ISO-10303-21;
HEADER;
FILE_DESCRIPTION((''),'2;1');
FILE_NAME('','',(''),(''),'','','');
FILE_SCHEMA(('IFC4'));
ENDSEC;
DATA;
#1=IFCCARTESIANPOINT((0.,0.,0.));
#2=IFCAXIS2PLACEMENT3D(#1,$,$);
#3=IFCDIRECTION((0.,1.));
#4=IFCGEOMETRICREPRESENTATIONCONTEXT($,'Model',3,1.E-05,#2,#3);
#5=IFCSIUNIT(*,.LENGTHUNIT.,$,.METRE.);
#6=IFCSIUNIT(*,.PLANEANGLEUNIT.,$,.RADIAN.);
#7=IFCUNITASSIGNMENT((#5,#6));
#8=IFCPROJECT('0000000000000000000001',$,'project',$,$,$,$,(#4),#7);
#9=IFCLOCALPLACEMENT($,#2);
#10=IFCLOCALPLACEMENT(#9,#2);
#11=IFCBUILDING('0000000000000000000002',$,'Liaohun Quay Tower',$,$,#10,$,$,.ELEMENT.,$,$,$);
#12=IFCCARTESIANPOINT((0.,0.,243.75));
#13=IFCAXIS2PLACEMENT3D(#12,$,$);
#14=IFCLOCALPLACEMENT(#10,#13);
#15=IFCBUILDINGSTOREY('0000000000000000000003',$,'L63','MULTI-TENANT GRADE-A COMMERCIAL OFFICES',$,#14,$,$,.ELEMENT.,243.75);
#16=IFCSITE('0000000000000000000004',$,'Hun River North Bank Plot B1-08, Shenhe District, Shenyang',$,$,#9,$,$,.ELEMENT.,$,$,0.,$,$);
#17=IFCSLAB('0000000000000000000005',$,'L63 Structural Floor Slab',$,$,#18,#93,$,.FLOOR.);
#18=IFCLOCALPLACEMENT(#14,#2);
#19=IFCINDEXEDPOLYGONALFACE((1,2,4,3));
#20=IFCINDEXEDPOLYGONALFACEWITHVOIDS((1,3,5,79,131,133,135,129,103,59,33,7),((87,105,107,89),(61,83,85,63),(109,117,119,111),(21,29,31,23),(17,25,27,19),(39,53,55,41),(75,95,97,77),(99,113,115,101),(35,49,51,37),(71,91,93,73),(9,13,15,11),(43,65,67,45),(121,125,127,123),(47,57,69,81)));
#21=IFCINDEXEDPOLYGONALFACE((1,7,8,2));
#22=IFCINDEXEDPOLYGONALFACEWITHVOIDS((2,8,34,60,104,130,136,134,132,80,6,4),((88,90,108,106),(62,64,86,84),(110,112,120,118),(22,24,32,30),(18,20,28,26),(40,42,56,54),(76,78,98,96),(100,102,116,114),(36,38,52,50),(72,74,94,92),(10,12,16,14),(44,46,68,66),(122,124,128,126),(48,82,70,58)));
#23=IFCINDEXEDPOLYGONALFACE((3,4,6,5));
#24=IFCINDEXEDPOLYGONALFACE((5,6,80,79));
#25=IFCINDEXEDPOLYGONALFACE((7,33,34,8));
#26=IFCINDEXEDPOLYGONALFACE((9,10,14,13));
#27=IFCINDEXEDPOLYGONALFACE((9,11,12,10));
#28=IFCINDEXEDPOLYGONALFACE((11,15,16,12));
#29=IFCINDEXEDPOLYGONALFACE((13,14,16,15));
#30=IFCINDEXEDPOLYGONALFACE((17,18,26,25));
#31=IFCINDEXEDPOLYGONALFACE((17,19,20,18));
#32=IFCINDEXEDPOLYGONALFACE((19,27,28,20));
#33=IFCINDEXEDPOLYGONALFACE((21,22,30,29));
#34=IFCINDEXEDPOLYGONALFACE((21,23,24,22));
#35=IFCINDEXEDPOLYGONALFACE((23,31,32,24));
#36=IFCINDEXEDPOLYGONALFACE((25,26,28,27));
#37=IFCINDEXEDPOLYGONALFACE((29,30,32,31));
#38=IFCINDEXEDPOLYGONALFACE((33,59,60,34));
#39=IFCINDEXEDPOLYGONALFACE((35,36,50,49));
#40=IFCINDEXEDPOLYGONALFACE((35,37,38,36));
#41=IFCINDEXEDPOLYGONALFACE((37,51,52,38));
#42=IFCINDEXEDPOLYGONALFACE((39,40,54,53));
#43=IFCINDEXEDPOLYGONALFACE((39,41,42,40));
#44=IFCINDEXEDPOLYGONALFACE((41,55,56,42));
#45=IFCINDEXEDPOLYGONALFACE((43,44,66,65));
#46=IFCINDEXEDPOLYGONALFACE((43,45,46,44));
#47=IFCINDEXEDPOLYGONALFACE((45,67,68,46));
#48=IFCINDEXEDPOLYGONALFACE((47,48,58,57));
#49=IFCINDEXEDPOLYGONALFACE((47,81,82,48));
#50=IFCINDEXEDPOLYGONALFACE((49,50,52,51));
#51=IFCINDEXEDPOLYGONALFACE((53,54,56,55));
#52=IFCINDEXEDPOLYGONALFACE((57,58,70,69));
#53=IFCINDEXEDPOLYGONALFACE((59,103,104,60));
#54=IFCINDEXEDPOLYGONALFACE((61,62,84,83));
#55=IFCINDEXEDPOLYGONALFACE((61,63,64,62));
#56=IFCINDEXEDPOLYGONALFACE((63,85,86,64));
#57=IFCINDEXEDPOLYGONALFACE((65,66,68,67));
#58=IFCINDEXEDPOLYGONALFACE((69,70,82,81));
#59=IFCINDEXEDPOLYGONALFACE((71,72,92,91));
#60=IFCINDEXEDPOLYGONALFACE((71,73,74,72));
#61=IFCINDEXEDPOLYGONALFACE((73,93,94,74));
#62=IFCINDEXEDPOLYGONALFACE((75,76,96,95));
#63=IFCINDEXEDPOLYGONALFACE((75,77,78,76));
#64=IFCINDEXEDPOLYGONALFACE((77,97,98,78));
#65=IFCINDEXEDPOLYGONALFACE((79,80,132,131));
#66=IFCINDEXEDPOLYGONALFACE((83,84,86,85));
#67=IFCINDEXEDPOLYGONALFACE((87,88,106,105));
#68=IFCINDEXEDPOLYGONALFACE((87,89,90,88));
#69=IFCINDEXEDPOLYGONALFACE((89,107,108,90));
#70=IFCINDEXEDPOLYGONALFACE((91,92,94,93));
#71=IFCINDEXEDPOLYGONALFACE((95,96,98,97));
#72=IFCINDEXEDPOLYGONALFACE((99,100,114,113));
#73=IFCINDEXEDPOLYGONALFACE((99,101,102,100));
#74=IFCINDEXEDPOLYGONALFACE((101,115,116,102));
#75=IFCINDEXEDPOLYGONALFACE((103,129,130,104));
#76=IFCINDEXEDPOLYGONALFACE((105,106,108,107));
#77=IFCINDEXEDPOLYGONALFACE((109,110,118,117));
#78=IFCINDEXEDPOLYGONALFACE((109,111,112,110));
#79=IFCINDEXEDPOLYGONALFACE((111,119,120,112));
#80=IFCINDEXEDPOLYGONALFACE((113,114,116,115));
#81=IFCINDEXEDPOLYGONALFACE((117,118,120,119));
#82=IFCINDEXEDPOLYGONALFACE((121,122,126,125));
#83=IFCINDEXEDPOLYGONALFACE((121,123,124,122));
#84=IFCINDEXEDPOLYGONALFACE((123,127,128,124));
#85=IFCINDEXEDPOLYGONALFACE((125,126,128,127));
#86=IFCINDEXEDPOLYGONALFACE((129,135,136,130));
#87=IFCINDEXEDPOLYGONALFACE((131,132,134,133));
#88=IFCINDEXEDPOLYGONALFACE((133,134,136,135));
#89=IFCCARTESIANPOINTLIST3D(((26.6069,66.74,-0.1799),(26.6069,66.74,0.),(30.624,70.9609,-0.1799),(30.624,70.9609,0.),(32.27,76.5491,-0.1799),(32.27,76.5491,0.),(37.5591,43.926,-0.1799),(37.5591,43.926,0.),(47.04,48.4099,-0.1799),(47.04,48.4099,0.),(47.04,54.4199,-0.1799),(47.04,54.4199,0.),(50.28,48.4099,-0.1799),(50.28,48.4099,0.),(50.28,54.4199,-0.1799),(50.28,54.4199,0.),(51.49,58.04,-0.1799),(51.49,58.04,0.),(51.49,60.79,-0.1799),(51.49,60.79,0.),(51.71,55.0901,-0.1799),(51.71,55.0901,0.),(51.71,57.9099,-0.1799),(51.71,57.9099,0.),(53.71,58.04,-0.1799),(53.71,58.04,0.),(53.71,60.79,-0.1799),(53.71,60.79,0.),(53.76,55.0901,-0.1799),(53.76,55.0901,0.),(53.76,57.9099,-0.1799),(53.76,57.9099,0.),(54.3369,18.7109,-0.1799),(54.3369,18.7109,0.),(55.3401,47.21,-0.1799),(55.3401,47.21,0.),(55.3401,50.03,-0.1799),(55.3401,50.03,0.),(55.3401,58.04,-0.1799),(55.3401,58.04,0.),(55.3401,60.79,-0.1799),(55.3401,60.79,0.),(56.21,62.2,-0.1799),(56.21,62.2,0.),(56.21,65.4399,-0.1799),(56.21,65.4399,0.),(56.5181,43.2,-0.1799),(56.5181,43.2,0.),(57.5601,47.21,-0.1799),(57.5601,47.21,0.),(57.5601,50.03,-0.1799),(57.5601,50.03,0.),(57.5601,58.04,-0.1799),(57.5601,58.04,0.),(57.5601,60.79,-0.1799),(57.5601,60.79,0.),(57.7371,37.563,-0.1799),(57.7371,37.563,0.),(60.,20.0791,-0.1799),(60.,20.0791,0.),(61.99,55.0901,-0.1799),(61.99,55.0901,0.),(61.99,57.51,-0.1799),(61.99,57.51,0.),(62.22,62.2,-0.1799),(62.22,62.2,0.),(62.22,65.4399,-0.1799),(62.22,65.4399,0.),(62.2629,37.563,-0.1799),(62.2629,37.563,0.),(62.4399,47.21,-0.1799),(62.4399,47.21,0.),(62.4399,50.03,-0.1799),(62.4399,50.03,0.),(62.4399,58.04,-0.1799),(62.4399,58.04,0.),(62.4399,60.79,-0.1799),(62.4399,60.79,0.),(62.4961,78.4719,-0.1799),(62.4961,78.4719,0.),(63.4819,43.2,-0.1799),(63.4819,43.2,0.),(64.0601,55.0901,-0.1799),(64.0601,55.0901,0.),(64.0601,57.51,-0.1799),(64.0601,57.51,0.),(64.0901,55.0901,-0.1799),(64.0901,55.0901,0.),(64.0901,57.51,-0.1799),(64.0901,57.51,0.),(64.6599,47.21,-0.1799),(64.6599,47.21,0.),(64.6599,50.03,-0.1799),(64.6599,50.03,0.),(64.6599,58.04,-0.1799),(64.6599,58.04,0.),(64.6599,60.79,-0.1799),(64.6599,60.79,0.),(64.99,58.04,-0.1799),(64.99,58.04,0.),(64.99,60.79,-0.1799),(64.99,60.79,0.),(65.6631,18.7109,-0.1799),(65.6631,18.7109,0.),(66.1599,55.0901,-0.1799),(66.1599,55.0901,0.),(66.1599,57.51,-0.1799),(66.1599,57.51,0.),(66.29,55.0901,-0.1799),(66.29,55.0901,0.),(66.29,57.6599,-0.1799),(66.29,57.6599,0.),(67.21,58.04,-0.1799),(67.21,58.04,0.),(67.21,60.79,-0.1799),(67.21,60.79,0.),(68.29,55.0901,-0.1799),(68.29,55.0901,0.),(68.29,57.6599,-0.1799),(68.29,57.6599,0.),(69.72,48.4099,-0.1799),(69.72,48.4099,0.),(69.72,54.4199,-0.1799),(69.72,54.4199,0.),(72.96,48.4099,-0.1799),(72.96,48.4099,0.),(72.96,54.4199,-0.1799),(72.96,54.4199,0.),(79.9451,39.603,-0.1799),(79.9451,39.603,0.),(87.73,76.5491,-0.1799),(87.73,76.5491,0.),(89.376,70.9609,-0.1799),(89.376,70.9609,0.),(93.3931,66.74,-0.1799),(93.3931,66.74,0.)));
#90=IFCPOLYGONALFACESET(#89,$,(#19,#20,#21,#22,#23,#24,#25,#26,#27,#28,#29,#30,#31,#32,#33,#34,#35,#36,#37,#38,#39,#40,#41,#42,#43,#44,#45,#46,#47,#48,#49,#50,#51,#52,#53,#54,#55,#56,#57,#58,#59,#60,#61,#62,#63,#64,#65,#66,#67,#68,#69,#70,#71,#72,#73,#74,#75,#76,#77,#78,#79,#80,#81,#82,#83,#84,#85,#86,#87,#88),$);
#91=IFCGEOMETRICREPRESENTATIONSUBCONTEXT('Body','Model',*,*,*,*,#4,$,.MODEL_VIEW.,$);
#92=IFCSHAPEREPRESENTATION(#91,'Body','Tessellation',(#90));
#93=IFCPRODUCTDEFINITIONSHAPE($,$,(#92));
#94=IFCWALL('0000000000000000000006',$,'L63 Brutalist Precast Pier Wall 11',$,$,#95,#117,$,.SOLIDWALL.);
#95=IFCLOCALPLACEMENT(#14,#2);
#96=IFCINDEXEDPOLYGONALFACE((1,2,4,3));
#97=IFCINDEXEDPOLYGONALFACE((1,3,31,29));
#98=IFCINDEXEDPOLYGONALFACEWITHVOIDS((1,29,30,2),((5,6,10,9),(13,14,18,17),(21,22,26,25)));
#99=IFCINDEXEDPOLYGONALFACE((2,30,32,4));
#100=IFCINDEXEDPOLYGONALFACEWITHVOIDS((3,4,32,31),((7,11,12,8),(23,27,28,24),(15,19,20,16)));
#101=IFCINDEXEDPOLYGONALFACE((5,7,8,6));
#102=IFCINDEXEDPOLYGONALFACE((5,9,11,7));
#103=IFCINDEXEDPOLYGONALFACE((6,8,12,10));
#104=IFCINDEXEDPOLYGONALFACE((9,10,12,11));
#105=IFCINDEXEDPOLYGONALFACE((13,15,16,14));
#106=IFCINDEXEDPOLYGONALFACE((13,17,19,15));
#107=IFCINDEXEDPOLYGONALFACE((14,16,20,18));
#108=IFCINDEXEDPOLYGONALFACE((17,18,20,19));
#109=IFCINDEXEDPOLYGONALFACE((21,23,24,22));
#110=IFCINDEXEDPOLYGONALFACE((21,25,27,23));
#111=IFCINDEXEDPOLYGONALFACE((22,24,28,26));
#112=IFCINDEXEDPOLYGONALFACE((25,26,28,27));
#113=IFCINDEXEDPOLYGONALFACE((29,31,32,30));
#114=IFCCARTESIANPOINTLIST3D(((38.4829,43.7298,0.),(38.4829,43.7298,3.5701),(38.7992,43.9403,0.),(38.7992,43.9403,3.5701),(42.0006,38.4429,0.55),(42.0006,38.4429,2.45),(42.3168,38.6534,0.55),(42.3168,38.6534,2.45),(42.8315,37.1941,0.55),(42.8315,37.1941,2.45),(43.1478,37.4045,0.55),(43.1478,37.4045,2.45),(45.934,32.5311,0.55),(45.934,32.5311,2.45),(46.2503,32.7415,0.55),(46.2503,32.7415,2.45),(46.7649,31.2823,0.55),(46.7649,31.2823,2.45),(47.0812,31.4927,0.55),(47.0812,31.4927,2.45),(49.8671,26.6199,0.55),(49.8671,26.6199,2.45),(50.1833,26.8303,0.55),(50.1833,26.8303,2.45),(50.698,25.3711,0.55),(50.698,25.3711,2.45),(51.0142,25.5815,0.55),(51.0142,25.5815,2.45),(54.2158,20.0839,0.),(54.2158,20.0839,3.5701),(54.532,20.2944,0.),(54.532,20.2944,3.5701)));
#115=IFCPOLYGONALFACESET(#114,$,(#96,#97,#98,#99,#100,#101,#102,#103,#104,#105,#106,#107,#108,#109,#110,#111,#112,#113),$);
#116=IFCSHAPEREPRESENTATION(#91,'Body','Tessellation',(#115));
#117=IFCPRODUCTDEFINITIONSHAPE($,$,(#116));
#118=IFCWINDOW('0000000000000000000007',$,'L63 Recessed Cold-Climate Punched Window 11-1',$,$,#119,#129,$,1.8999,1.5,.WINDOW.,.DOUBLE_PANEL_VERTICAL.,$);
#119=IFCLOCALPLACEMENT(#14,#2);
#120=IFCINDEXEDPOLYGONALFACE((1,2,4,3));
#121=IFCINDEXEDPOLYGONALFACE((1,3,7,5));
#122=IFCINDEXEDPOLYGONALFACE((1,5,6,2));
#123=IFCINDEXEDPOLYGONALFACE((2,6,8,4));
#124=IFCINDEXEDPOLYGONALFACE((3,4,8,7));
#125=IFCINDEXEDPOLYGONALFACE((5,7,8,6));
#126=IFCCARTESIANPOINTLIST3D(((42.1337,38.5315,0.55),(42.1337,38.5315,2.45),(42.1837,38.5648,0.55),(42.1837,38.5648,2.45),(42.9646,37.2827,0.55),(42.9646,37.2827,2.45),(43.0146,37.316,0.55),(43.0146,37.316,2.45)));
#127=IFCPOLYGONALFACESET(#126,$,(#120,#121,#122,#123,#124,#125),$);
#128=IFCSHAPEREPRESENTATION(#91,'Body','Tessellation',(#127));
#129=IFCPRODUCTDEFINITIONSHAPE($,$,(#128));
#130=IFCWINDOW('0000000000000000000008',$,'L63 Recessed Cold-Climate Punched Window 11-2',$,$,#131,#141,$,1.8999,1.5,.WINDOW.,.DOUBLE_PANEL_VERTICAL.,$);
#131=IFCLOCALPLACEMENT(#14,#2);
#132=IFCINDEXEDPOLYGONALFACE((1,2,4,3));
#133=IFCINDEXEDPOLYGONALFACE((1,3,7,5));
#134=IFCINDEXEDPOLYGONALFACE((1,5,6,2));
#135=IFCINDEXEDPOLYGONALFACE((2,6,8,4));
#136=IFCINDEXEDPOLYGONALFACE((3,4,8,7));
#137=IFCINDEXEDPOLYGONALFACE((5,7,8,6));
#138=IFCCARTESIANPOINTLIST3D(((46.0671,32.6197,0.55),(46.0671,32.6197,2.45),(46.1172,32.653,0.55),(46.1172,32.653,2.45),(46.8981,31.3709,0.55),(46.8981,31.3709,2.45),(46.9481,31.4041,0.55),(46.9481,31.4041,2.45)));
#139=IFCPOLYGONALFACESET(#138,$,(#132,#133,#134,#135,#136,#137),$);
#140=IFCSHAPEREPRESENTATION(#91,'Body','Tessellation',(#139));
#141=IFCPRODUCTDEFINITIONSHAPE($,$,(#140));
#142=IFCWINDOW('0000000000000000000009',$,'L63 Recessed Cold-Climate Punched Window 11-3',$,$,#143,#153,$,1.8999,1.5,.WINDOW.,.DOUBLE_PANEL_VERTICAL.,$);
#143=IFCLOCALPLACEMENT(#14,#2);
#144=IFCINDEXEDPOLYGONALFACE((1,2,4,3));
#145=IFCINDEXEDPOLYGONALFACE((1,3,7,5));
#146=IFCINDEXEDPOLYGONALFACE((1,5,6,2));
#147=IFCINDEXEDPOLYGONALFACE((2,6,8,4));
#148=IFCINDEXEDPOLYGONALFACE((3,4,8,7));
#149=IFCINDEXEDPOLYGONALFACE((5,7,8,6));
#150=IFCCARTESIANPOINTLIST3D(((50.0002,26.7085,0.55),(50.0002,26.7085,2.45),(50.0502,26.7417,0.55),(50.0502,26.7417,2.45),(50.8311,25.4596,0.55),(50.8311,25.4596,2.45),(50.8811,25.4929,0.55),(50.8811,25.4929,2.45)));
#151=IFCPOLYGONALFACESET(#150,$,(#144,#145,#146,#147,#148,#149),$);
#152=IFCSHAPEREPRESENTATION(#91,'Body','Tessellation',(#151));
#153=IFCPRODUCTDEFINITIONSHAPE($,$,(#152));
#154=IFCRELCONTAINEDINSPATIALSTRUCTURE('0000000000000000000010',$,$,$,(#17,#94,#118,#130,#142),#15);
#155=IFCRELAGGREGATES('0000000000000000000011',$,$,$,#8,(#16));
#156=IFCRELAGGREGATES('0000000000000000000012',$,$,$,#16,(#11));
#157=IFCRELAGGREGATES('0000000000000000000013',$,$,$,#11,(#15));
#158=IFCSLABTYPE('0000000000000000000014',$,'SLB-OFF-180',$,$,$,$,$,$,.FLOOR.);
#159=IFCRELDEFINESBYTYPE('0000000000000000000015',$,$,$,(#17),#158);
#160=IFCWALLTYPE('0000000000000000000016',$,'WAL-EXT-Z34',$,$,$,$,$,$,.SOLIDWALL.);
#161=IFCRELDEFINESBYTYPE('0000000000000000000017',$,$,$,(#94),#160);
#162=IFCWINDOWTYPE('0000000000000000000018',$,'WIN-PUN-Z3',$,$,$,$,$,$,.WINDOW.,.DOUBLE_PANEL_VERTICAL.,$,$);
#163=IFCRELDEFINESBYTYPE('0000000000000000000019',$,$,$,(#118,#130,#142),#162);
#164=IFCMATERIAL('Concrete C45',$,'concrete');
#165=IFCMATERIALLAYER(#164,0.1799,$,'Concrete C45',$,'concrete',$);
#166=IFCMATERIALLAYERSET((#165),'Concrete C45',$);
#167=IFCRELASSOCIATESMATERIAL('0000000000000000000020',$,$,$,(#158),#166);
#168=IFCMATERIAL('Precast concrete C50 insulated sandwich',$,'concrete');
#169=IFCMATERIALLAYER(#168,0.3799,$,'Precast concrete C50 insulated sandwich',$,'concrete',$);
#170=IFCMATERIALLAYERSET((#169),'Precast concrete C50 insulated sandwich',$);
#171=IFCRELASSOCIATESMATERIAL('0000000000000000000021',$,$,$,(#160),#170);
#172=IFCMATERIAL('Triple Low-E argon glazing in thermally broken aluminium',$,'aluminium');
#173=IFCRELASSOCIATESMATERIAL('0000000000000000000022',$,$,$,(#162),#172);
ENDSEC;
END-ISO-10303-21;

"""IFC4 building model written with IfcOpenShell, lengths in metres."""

from ifc_helpers import new_model, si_unit, direction, frame, frame_2d, origin, place, context, subcontext, project, spatial, polyline, rectangle, outline, extrude, source, transform, mapped, material, layer, layer_set, type_object, element, fill, save


model = new_model("IFC4")

# Units and contexts
model_context = context("Model", 3, precision=1e-05, world=origin(), true_north=direction((0.0, 1.0)))
body_context = subcontext(model_context, "Body", "Model", "MODEL_VIEW")
ifc_project = project(units=[si_unit("LENGTHUNIT", "METRE"), si_unit("PLANEANGLEUNIT", "RADIAN")], contexts=[model_context])

# Site, building, storey
site_placement = place(None, origin())
site = spatial("IfcSite", under=ifc_project, at=site_placement, Name="Hun River North Bank Plot B1-08, Shenhe District, Shenyang", CompositionType="ELEMENT", RefElevation=0.0)
building_placement = place(site_placement, origin())
building = spatial("IfcBuilding", under=site, at=building_placement, Name="Liaohun Quay Tower", CompositionType="ELEMENT")
storey_placement = place(building_placement, frame((0.0, 0.0, 243.75)))
storey = spatial("IfcBuildingStorey", under=building, at=storey_placement, Name="L63", Description="MULTI-TENANT GRADE-A COMMERCIAL OFFICES", CompositionType="ELEMENT", Elevation=243.75)

# Shared definitions
ifc_material_1 = material(Name="Concrete C45", Category="concrete")

# Slab
ifc_layer_1 = layer(ifc_material_1, 0.1799, Name="Concrete C45", Category="concrete")
ifc_layer_set_1 = layer_set([ifc_layer_1], Name="Concrete C45")
slab_type_1 = type_object("IfcSlabType", Name="SLB-OFF-180", PredefinedType="FLOOR", material=ifc_layer_set_1)
slab_1_placement = place(storey_placement, frame((0.0, 0.0, -0.1799)))
element("IfcSlab", 1, at=slab_1_placement, inside=storey, type_object=slab_type_1, Name="L63 Structural Floor Slab", PredefinedType="FLOOR", context=body_context, shape_type="SweptSolid", body=[
    extrude(outline(polyline([(54.3369, 18.7109), (60.0, 20.0791), (65.6631, 18.7109), (79.9451, 39.603), (93.3931, 66.74), (89.376, 70.9609), (87.73, 76.5491), (62.4961, 78.4719), (32.27, 76.5491), (30.624, 70.9609), (26.6069, 66.74), (37.5591, 43.926), (54.3369, 18.7109)]), holes=[polyline([(63.4819, 43.2), (56.5181, 43.2), (57.7371, 37.563), (62.2629, 37.563), (63.4819, 43.2)]), polyline([(57.5601, 47.21), (57.5601, 50.03), (55.3401, 50.03), (55.3401, 47.21), (57.5601, 47.21)]), polyline([(50.28, 54.4199), (47.04, 54.4199), (47.04, 48.4099), (50.28, 48.4099), (50.28, 54.4199)]), polyline([(53.76, 55.0901), (53.76, 57.9099), (51.71, 57.9099), (51.71, 55.0901), (53.76, 55.0901)]), polyline([(53.71, 58.04), (53.71, 60.79), (51.49, 60.79), (51.49, 58.04), (53.71, 58.04)]), polyline([(57.5601, 58.04), (57.5601, 60.79), (55.3401, 60.79), (55.3401, 58.04), (57.5601, 58.04)]), polyline([(62.22, 62.2), (62.22, 65.4399), (56.21, 65.4399), (56.21, 62.2), (62.22, 62.2)]), polyline([(64.6599, 50.03), (62.4399, 50.03), (62.4399, 47.21), (64.6599, 47.21), (64.6599, 50.03)]), polyline([(72.96, 54.4199), (69.72, 54.4199), (69.72, 48.4099), (72.96, 48.4099), (72.96, 54.4199)]), polyline([(64.0601, 55.0901), (64.0601, 57.51), (61.99, 57.51), (61.99, 55.0901), (64.0601, 55.0901)]), polyline([(66.1599, 55.0901), (66.1599, 57.51), (64.0901, 57.51), (64.0901, 55.0901), (66.1599, 55.0901)]), polyline([(68.29, 55.0901), (68.29, 57.6599), (66.29, 57.6599), (66.29, 55.0901), (68.29, 55.0901)]), polyline([(64.6599, 58.04), (64.6599, 60.79), (62.4399, 60.79), (62.4399, 58.04), (64.6599, 58.04)]), polyline([(67.21, 58.04), (67.21, 60.79), (64.99, 60.79), (64.99, 58.04), (67.21, 58.04)])]), origin(), (0.0, 0.0, 1.0), 0.1799),
])

# Wall, openings, windows
ifc_material_2 = material(Name="Precast concrete C50 insulated sandwich", Category="concrete")
ifc_layer_2 = layer(ifc_material_2, 0.3799, Name="Precast concrete C50 insulated sandwich", Category="concrete")
ifc_layer_set_2 = layer_set([ifc_layer_2], Name="Precast concrete C50 insulated sandwich")
wall_type_1 = type_object("IfcWallType", Name="WAL-EXT-Z34", PredefinedType="SOLIDWALL", material=ifc_layer_set_2)
wall_1_placement = place(storey_placement, frame((38.6411, 43.835, 0.0), z_axis=(0.0, 0.0, 1.0), x_axis=(0.553942, -0.832555, 0.0)))
wall_1 = element("IfcWall", 2, at=wall_1_placement, inside=storey, type_object=wall_type_1, Name="L63 Brutalist Precast Pier Wall 11", PredefinedType="SOLIDWALL", context=body_context, shape_type="SweptSolid", body=[
    extrude(rectangle(XDim=28.4016, YDim=0.3799, at=frame_2d((14.2007, 0.0))), origin(), (0.0, 0.0, 1.0), 3.5701),
])
shared_shape_1 = source(origin(), body_context, "Body", "SweptSolid", [
    extrude(rectangle(XDim=1.5, YDim=1.8999, at=frame_2d((0.75, 0.95))), frame((0.0, 0.2, 0.0), z_axis=(0.0, -1.0, 0.0), x_axis=(1.0, 0.0, 0.0)), (0.0, 0.0, 1.0), 0.3999),
])
opening_1_placement = place(wall_1_placement, frame((6.3501, 0.0, 0.55)))
opening_1 = element("IfcOpeningElement", 3, at=opening_1_placement, cuts=wall_1, PredefinedType="OPENING", context=body_context, shape_type="MappedRepresentation", body=[
    mapped(shared_shape_1, transform((0.0, 0.0, 0.0), x_axis=(1.0, 0.0, 0.0), y_axis=(0.0, 1.0, 0.0), z_axis=(0.0, 0.0, 1.0), scale=1.0)),
])
opening_2_placement = place(wall_1_placement, frame((13.4509, 0.0, 0.55)))
opening_2 = element("IfcOpeningElement", 4, at=opening_2_placement, cuts=wall_1, PredefinedType="OPENING", context=body_context, shape_type="MappedRepresentation", body=[
    mapped(shared_shape_1, transform((0.0, 0.0, 0.0), x_axis=(1.0, 0.0, 0.0), y_axis=(0.0, 1.0, 0.0), z_axis=(0.0, 0.0, 1.0), scale=1.0)),
])
opening_3_placement = place(wall_1_placement, frame((20.551, 0.0, 0.55)))
opening_3 = element("IfcOpeningElement", 5, at=opening_3_placement, cuts=wall_1, PredefinedType="OPENING", context=body_context, shape_type="MappedRepresentation", body=[
    mapped(shared_shape_1, transform((0.0, 0.0, 0.0), x_axis=(1.0, 0.0, 0.0), y_axis=(0.0, 1.0, 0.0), z_axis=(0.0, 0.0, 1.0), scale=1.0)),
])
ifc_material_3 = material(Name="Triple Low-E argon glazing in thermally broken aluminium", Category="aluminium")
window_type = type_object("IfcWindowType", Name="WIN-PUN-Z3", PartitioningType="DOUBLE_PANEL_VERTICAL", PredefinedType="WINDOW", material=ifc_material_3)
shared_shape_2 = source(origin(), body_context, "Body", "SweptSolid", [
    extrude(rectangle(XDim=1.5, YDim=1.8999, at=frame_2d((0.75, 0.95))), frame((0.0, 0.03, 0.0), z_axis=(0.0, -1.0, 0.0), x_axis=(1.0, 0.0, 0.0)), (0.0, 0.0, 1.0), 0.0601),
])
window_1_placement = place(opening_1_placement, origin())
window_1 = element("IfcWindow", 6, at=window_1_placement, inside=storey, type_object=window_type, Name="L63 Recessed Cold-Climate Punched Window 11-1", OverallHeight=1.8999, OverallWidth=1.5, PartitioningType="DOUBLE_PANEL_VERTICAL", PredefinedType="WINDOW", context=body_context, shape_type="MappedRepresentation", body=[
    mapped(shared_shape_2, transform((0.0, 0.0, 0.0), x_axis=(1.0, 0.0, 0.0), y_axis=(0.0, 1.0, 0.0), z_axis=(0.0, 0.0, 1.0), scale=1.0)),
])
fill(opening_1, window_1)
window_2_placement = place(opening_2_placement, origin())
window_2 = element("IfcWindow", 7, at=window_2_placement, inside=storey, type_object=window_type, Name="L63 Recessed Cold-Climate Punched Window 11-2", OverallHeight=1.8999, OverallWidth=1.5, PartitioningType="DOUBLE_PANEL_VERTICAL", PredefinedType="WINDOW", context=body_context, shape_type="MappedRepresentation", body=[
    mapped(shared_shape_2, transform((0.0, 0.0, 0.0), x_axis=(1.0, 0.0, 0.0), y_axis=(0.0, 1.0, 0.0), z_axis=(0.0, 0.0, 1.0), scale=1.0)),
])
fill(opening_2, window_2)
window_3_placement = place(opening_3_placement, origin())
window_3 = element("IfcWindow", 8, at=window_3_placement, inside=storey, type_object=window_type, Name="L63 Recessed Cold-Climate Punched Window 11-3", OverallHeight=1.8999, OverallWidth=1.5, PartitioningType="DOUBLE_PANEL_VERTICAL", PredefinedType="WINDOW", context=body_context, shape_type="MappedRepresentation", body=[
    mapped(shared_shape_2, transform((0.0, 0.0, 0.0), x_axis=(1.0, 0.0, 0.0), y_axis=(0.0, 1.0, 0.0), z_axis=(0.0, 0.0, 1.0), scale=1.0)),
])
fill(opening_3, window_3)

save(model, "model.ifc")
